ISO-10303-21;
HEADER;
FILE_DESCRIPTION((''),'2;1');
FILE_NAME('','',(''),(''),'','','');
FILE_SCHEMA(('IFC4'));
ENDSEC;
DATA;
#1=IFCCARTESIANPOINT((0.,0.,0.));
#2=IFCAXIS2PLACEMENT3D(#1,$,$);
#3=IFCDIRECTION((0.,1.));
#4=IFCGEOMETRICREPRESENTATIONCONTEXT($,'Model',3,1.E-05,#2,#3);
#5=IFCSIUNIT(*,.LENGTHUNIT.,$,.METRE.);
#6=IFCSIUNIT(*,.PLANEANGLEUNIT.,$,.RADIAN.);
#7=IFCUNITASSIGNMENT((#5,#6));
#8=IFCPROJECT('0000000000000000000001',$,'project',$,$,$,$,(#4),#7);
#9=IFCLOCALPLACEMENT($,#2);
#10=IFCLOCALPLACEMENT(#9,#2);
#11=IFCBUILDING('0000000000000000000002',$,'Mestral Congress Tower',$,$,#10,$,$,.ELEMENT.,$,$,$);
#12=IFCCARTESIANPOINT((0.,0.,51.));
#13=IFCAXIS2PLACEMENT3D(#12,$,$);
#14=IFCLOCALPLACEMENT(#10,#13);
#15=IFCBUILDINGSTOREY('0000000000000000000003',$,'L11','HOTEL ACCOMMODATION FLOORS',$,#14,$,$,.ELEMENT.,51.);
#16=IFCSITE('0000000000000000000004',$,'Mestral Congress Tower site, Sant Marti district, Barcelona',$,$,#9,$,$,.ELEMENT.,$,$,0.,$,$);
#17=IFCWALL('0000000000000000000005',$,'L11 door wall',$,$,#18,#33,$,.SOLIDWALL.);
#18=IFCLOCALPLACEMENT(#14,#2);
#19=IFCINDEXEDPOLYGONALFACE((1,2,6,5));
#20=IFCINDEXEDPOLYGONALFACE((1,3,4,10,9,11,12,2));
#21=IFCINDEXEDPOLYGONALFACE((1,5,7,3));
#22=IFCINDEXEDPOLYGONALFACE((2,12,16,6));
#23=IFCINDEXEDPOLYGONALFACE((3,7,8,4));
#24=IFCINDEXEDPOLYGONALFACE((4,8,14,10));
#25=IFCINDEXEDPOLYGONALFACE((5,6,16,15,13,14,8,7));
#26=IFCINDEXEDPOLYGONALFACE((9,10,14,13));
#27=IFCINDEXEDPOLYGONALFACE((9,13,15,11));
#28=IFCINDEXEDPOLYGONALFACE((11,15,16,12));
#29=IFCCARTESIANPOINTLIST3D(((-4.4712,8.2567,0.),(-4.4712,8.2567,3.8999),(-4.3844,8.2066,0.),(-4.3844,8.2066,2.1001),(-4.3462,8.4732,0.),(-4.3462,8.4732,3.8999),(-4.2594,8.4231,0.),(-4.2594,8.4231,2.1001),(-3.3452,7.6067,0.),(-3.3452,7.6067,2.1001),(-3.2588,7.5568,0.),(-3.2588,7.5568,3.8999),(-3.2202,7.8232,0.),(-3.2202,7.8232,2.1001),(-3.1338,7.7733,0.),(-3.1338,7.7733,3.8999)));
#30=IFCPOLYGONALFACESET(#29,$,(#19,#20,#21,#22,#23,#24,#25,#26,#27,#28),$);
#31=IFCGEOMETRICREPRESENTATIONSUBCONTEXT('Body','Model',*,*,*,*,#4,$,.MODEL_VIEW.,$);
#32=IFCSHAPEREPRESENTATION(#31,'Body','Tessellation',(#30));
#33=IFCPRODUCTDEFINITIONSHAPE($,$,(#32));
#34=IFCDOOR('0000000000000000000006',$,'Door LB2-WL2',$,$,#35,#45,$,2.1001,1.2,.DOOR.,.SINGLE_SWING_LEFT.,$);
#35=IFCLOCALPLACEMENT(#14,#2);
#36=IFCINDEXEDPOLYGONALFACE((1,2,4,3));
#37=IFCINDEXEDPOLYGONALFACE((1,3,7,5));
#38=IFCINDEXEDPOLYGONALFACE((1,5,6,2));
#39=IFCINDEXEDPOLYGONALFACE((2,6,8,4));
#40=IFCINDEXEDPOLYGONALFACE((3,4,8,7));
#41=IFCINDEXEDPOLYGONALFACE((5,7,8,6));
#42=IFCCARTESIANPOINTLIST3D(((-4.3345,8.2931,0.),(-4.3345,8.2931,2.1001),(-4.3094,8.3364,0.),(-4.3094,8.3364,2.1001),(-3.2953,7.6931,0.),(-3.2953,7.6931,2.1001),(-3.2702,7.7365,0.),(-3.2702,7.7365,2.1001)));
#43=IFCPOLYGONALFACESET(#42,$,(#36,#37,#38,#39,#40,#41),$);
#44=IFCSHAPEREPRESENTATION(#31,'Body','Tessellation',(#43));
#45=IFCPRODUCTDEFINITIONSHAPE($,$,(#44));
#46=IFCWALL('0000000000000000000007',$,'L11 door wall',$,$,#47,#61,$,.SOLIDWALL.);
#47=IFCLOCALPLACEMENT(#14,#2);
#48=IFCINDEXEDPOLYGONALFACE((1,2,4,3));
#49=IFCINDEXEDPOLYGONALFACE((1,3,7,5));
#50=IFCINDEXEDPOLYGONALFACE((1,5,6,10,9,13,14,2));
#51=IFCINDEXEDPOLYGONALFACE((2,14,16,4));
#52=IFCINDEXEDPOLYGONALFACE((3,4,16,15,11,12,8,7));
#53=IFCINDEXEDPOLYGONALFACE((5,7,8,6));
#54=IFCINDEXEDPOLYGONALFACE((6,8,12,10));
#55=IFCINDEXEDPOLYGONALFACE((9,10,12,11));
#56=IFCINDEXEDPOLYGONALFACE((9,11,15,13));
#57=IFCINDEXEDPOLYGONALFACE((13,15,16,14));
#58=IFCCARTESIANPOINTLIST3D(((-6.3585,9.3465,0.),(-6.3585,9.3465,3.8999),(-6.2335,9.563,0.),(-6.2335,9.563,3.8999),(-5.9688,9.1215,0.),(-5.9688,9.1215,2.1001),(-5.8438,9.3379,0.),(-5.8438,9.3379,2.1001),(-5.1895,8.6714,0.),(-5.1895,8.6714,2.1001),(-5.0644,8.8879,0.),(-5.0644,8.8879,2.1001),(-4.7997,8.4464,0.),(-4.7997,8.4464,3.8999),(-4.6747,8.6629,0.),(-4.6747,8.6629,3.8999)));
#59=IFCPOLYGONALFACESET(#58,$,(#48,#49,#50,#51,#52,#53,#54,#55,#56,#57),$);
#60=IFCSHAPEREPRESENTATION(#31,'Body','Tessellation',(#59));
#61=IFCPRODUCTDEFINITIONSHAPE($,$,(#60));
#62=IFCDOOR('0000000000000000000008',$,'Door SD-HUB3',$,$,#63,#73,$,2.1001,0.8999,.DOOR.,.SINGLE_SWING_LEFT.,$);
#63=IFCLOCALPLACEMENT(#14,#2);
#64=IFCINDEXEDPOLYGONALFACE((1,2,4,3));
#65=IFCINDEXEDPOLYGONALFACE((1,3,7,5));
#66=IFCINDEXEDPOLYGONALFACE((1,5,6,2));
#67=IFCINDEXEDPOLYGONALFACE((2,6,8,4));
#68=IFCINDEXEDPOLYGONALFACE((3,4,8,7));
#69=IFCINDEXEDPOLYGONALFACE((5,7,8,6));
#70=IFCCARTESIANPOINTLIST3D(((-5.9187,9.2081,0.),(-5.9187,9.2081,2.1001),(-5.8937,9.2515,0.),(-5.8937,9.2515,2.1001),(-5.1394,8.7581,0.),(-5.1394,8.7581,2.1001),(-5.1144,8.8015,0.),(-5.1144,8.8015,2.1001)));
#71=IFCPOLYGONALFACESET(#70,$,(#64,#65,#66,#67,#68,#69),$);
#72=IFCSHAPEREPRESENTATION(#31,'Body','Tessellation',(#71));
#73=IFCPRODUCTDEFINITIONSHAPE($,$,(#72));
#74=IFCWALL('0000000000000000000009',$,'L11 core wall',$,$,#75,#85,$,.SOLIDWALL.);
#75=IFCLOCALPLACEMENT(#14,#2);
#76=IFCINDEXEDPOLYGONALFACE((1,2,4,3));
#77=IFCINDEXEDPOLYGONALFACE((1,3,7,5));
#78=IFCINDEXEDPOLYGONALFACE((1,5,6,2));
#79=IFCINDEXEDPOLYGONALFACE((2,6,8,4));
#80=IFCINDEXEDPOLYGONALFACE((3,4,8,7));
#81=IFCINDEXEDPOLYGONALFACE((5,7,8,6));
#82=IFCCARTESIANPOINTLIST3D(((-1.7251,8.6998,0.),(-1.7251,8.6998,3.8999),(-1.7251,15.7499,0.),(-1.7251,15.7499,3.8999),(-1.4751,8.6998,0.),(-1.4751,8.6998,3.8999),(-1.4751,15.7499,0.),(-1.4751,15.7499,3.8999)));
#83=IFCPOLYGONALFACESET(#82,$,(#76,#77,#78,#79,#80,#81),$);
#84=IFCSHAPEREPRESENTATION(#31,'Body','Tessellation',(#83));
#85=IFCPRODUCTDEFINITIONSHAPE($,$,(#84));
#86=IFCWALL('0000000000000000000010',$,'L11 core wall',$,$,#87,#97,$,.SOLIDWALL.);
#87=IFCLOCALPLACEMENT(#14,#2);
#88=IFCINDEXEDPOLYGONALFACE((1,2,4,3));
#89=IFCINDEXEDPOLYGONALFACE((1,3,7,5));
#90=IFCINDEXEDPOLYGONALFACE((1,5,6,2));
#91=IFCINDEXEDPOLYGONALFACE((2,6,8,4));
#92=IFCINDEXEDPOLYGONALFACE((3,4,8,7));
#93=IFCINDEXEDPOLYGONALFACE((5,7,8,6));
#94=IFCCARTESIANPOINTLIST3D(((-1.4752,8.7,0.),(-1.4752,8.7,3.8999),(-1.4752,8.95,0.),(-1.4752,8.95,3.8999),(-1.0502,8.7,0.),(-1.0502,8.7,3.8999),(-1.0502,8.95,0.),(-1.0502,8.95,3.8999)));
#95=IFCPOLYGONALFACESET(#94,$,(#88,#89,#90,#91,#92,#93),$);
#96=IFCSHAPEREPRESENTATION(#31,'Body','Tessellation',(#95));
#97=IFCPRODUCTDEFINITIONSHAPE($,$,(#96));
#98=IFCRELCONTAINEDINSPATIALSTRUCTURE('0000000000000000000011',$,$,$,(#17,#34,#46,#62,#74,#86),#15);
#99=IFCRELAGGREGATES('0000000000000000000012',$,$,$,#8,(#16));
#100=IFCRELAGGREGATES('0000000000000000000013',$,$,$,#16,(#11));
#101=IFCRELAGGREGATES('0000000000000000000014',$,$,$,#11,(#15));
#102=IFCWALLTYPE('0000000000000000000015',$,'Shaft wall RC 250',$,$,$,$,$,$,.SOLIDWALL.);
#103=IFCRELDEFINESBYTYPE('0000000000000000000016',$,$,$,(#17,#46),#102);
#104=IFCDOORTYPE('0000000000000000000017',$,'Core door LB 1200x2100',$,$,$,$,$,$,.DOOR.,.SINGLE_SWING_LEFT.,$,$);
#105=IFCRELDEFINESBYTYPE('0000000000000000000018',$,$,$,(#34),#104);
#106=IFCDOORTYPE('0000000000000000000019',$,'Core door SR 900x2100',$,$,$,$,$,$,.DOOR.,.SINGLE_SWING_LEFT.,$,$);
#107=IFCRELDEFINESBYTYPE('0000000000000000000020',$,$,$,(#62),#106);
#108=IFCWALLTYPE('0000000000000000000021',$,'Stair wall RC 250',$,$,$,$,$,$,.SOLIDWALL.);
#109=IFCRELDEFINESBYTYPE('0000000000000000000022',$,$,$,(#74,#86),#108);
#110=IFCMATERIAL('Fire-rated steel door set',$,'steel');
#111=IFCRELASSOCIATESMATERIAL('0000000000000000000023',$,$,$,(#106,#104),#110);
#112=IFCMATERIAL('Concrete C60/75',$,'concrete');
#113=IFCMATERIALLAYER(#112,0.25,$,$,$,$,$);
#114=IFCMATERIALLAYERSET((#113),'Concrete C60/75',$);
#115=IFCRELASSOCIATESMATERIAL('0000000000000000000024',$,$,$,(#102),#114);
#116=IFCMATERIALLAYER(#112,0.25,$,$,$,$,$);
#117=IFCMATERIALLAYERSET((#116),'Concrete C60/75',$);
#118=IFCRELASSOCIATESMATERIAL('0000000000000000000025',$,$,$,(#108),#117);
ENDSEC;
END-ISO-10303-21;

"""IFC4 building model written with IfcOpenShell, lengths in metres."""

from ifc_helpers import new_model, si_unit, direction, frame, frame_2d, origin, place, context, subcontext, project, spatial, rectangle, extrude, material, layer, layer_set, type_object, element, fill, save


model = new_model("IFC4")

# Units and contexts
model_context = context("Model", 3, precision=1e-05, world=origin(), true_north=direction((0.0, 1.0)))
body_context = subcontext(model_context, "Body", "Model", "MODEL_VIEW")
ifc_project = project(units=[si_unit("LENGTHUNIT", "METRE"), si_unit("PLANEANGLEUNIT", "RADIAN")], contexts=[model_context])

# Site, building, storey
site_placement = place(None, origin())
site = spatial("IfcSite", under=ifc_project, at=site_placement, Name="Mestral Congress Tower site, Sant Marti district, Barcelona", CompositionType="ELEMENT", RefElevation=0.0)
building_placement = place(site_placement, origin())
building = spatial("IfcBuilding", under=site, at=building_placement, Name="Mestral Congress Tower", CompositionType="ELEMENT")
storey_placement = place(building_placement, frame((0.0, 0.0, 51.0)))
storey = spatial("IfcBuildingStorey", under=building, at=storey_placement, Name="L11", Description="HOTEL ACCOMMODATION FLOORS", CompositionType="ELEMENT", Elevation=51.0)

# Shared definitions
ifc_material_1 = material(Name="Fire-rated steel door set", Category="steel")
door_type_1 = type_object("IfcDoorType", Name="Core door SR 900x2100", OperationType="SINGLE_SWING_LEFT", PredefinedType="DOOR", material=ifc_material_1)

# Shared definitions
ifc_material_2 = material(Name="Concrete C60/75", Category="concrete")
ifc_layer_1 = layer(ifc_material_2, 0.25)
ifc_layer_set_1 = layer_set([ifc_layer_1], Name="Concrete C60/75")
wall_type_1 = type_object("IfcWallType", Name="Shaft wall RC 250", PredefinedType="SOLIDWALL", material=ifc_layer_set_1)

# Walls, openings, doors
wall_1_placement = place(storey_placement, frame((-4.4087, 8.365, 0.0), z_axis=(0.0, 0.0, 1.0), x_axis=(0.866035, -0.499984, 0.0)))
wall_1 = element("IfcWall", 1, at=wall_1_placement, inside=storey, type_object=wall_type_1, Name="L11 door wall", PredefinedType="SOLIDWALL", context=body_context, shape_type="SweptSolid", body=[
    extrude(rectangle(XDim=1.3999, YDim=0.25, at=frame_2d((0.7, 0.0))), origin(), (0.0, 0.0, 1.0), 3.8999),
])
opening_1_placement = place(wall_1_placement, frame((0.1001, 0.0, 0.0)))
opening_1 = element("IfcOpeningElement", 2, at=opening_1_placement, cuts=wall_1, PredefinedType="OPENING", context=body_context, shape_type="SweptSolid", body=[
    extrude(rectangle(XDim=1.2, YDim=2.1001, at=frame_2d((0.6001, 1.05))), frame((0.0, 0.135, 0.0), z_axis=(0.0, -1.0, 0.0), x_axis=(1.0, 0.0, 0.0)), (0.0, 0.0, 1.0), 0.27),
])
door_type_2 = type_object("IfcDoorType", Name="Core door LB 1200x2100", OperationType="SINGLE_SWING_LEFT", PredefinedType="DOOR", material=ifc_material_1)
door_1_placement = place(opening_1_placement, origin())
door_1 = element("IfcDoor", 3, at=door_1_placement, inside=storey, type_object=door_type_2, Name="Door LB2-WL2", OperationType="SINGLE_SWING_LEFT", OverallHeight=2.1001, OverallWidth=1.2, PredefinedType="DOOR", context=body_context, shape_type="SweptSolid", body=[
    extrude(rectangle(XDim=1.2, YDim=2.1001, at=frame_2d((0.6001, 1.05))), frame((0.0, 0.0249, 0.0), z_axis=(0.0, -1.0, 0.0), x_axis=(1.0, 0.0, 0.0)), (0.0, 0.0, 1.0), 0.05),
])
fill(opening_1, door_1)
wall_2_placement = place(storey_placement, frame((-4.7373, 8.5547, 0.0), z_axis=(0.0, 0.0, 1.0), x_axis=(-0.865989, 0.500063, 0.0)))
wall_2 = element("IfcWall", 4, at=wall_2_placement, inside=storey, type_object=wall_type_1, Name="L11 door wall", PredefinedType="SOLIDWALL", context=body_context, shape_type="SweptSolid", body=[
    extrude(rectangle(XDim=1.8, YDim=0.25, at=frame_2d((0.8999, 0.0))), origin(), (0.0, 0.0, 1.0), 3.8999),
])
opening_2_placement = place(wall_2_placement, frame((0.45, 0.0, 0.0)))
opening_2 = element("IfcOpeningElement", 5, at=opening_2_placement, cuts=wall_2, PredefinedType="OPENING", context=body_context, shape_type="SweptSolid", body=[
    extrude(rectangle(XDim=0.8999, YDim=2.1001, at=frame_2d((0.45, 1.05))), frame((0.0, 0.135, 0.0), z_axis=(0.0, -1.0, 0.0), x_axis=(1.0, 0.0, 0.0)), (0.0, 0.0, 1.0), 0.27),
])
door_2_placement = place(opening_2_placement, origin())
door_2 = element("IfcDoor", 6, at=door_2_placement, inside=storey, type_object=door_type_1, Name="Door SD-HUB3", OperationType="SINGLE_SWING_LEFT", OverallHeight=2.1001, OverallWidth=0.8999, PredefinedType="DOOR", context=body_context, shape_type="SweptSolid", body=[
    extrude(rectangle(XDim=0.8999, YDim=2.1001, at=frame_2d((0.45, 1.05))), frame((0.0, 0.0249, 0.0), z_axis=(0.0, -1.0, 0.0), x_axis=(1.0, 0.0, 0.0)), (0.0, 0.0, 1.0), 0.05),
])
fill(opening_2, door_2)

# Walls
ifc_layer_2 = layer(ifc_material_2, 0.25)
ifc_layer_set_2 = layer_set([ifc_layer_2], Name="Concrete C60/75")
wall_type_2 = type_object("IfcWallType", Name="Stair wall RC 250", PredefinedType="SOLIDWALL", material=ifc_layer_set_2)
wall_3_placement = place(storey_placement, frame((-1.6001, 8.7, 0.0), z_axis=(0.0, 0.0, 1.0), x_axis=(0.0, 1.0, 0.0)))
element("IfcWall", 7, at=wall_3_placement, inside=storey, type_object=wall_type_2, Name="L11 core wall", PredefinedType="SOLIDWALL", context=body_context, shape_type="SweptSolid", body=[
    extrude(rectangle(XDim=7.05, YDim=0.25, at=frame_2d((3.5249, 0.0))), origin(), (0.0, 0.0, 1.0), 3.8999),
])
wall_4_placement = place(storey_placement, frame((-1.4751, 8.825, 0.0), z_axis=(0.0, 0.0, 1.0), x_axis=(1.0, 0.0, 0.0)))
element("IfcWall", 8, at=wall_4_placement, inside=storey, type_object=wall_type_2, Name="L11 core wall", PredefinedType="SOLIDWALL", context=body_context, shape_type="SweptSolid", body=[
    extrude(rectangle(XDim=0.425, YDim=0.25, at=frame_2d((0.2124, 0.0))), origin(), (0.0, 0.0, 1.0), 3.8999),
])

save(model, "model.ifc")
